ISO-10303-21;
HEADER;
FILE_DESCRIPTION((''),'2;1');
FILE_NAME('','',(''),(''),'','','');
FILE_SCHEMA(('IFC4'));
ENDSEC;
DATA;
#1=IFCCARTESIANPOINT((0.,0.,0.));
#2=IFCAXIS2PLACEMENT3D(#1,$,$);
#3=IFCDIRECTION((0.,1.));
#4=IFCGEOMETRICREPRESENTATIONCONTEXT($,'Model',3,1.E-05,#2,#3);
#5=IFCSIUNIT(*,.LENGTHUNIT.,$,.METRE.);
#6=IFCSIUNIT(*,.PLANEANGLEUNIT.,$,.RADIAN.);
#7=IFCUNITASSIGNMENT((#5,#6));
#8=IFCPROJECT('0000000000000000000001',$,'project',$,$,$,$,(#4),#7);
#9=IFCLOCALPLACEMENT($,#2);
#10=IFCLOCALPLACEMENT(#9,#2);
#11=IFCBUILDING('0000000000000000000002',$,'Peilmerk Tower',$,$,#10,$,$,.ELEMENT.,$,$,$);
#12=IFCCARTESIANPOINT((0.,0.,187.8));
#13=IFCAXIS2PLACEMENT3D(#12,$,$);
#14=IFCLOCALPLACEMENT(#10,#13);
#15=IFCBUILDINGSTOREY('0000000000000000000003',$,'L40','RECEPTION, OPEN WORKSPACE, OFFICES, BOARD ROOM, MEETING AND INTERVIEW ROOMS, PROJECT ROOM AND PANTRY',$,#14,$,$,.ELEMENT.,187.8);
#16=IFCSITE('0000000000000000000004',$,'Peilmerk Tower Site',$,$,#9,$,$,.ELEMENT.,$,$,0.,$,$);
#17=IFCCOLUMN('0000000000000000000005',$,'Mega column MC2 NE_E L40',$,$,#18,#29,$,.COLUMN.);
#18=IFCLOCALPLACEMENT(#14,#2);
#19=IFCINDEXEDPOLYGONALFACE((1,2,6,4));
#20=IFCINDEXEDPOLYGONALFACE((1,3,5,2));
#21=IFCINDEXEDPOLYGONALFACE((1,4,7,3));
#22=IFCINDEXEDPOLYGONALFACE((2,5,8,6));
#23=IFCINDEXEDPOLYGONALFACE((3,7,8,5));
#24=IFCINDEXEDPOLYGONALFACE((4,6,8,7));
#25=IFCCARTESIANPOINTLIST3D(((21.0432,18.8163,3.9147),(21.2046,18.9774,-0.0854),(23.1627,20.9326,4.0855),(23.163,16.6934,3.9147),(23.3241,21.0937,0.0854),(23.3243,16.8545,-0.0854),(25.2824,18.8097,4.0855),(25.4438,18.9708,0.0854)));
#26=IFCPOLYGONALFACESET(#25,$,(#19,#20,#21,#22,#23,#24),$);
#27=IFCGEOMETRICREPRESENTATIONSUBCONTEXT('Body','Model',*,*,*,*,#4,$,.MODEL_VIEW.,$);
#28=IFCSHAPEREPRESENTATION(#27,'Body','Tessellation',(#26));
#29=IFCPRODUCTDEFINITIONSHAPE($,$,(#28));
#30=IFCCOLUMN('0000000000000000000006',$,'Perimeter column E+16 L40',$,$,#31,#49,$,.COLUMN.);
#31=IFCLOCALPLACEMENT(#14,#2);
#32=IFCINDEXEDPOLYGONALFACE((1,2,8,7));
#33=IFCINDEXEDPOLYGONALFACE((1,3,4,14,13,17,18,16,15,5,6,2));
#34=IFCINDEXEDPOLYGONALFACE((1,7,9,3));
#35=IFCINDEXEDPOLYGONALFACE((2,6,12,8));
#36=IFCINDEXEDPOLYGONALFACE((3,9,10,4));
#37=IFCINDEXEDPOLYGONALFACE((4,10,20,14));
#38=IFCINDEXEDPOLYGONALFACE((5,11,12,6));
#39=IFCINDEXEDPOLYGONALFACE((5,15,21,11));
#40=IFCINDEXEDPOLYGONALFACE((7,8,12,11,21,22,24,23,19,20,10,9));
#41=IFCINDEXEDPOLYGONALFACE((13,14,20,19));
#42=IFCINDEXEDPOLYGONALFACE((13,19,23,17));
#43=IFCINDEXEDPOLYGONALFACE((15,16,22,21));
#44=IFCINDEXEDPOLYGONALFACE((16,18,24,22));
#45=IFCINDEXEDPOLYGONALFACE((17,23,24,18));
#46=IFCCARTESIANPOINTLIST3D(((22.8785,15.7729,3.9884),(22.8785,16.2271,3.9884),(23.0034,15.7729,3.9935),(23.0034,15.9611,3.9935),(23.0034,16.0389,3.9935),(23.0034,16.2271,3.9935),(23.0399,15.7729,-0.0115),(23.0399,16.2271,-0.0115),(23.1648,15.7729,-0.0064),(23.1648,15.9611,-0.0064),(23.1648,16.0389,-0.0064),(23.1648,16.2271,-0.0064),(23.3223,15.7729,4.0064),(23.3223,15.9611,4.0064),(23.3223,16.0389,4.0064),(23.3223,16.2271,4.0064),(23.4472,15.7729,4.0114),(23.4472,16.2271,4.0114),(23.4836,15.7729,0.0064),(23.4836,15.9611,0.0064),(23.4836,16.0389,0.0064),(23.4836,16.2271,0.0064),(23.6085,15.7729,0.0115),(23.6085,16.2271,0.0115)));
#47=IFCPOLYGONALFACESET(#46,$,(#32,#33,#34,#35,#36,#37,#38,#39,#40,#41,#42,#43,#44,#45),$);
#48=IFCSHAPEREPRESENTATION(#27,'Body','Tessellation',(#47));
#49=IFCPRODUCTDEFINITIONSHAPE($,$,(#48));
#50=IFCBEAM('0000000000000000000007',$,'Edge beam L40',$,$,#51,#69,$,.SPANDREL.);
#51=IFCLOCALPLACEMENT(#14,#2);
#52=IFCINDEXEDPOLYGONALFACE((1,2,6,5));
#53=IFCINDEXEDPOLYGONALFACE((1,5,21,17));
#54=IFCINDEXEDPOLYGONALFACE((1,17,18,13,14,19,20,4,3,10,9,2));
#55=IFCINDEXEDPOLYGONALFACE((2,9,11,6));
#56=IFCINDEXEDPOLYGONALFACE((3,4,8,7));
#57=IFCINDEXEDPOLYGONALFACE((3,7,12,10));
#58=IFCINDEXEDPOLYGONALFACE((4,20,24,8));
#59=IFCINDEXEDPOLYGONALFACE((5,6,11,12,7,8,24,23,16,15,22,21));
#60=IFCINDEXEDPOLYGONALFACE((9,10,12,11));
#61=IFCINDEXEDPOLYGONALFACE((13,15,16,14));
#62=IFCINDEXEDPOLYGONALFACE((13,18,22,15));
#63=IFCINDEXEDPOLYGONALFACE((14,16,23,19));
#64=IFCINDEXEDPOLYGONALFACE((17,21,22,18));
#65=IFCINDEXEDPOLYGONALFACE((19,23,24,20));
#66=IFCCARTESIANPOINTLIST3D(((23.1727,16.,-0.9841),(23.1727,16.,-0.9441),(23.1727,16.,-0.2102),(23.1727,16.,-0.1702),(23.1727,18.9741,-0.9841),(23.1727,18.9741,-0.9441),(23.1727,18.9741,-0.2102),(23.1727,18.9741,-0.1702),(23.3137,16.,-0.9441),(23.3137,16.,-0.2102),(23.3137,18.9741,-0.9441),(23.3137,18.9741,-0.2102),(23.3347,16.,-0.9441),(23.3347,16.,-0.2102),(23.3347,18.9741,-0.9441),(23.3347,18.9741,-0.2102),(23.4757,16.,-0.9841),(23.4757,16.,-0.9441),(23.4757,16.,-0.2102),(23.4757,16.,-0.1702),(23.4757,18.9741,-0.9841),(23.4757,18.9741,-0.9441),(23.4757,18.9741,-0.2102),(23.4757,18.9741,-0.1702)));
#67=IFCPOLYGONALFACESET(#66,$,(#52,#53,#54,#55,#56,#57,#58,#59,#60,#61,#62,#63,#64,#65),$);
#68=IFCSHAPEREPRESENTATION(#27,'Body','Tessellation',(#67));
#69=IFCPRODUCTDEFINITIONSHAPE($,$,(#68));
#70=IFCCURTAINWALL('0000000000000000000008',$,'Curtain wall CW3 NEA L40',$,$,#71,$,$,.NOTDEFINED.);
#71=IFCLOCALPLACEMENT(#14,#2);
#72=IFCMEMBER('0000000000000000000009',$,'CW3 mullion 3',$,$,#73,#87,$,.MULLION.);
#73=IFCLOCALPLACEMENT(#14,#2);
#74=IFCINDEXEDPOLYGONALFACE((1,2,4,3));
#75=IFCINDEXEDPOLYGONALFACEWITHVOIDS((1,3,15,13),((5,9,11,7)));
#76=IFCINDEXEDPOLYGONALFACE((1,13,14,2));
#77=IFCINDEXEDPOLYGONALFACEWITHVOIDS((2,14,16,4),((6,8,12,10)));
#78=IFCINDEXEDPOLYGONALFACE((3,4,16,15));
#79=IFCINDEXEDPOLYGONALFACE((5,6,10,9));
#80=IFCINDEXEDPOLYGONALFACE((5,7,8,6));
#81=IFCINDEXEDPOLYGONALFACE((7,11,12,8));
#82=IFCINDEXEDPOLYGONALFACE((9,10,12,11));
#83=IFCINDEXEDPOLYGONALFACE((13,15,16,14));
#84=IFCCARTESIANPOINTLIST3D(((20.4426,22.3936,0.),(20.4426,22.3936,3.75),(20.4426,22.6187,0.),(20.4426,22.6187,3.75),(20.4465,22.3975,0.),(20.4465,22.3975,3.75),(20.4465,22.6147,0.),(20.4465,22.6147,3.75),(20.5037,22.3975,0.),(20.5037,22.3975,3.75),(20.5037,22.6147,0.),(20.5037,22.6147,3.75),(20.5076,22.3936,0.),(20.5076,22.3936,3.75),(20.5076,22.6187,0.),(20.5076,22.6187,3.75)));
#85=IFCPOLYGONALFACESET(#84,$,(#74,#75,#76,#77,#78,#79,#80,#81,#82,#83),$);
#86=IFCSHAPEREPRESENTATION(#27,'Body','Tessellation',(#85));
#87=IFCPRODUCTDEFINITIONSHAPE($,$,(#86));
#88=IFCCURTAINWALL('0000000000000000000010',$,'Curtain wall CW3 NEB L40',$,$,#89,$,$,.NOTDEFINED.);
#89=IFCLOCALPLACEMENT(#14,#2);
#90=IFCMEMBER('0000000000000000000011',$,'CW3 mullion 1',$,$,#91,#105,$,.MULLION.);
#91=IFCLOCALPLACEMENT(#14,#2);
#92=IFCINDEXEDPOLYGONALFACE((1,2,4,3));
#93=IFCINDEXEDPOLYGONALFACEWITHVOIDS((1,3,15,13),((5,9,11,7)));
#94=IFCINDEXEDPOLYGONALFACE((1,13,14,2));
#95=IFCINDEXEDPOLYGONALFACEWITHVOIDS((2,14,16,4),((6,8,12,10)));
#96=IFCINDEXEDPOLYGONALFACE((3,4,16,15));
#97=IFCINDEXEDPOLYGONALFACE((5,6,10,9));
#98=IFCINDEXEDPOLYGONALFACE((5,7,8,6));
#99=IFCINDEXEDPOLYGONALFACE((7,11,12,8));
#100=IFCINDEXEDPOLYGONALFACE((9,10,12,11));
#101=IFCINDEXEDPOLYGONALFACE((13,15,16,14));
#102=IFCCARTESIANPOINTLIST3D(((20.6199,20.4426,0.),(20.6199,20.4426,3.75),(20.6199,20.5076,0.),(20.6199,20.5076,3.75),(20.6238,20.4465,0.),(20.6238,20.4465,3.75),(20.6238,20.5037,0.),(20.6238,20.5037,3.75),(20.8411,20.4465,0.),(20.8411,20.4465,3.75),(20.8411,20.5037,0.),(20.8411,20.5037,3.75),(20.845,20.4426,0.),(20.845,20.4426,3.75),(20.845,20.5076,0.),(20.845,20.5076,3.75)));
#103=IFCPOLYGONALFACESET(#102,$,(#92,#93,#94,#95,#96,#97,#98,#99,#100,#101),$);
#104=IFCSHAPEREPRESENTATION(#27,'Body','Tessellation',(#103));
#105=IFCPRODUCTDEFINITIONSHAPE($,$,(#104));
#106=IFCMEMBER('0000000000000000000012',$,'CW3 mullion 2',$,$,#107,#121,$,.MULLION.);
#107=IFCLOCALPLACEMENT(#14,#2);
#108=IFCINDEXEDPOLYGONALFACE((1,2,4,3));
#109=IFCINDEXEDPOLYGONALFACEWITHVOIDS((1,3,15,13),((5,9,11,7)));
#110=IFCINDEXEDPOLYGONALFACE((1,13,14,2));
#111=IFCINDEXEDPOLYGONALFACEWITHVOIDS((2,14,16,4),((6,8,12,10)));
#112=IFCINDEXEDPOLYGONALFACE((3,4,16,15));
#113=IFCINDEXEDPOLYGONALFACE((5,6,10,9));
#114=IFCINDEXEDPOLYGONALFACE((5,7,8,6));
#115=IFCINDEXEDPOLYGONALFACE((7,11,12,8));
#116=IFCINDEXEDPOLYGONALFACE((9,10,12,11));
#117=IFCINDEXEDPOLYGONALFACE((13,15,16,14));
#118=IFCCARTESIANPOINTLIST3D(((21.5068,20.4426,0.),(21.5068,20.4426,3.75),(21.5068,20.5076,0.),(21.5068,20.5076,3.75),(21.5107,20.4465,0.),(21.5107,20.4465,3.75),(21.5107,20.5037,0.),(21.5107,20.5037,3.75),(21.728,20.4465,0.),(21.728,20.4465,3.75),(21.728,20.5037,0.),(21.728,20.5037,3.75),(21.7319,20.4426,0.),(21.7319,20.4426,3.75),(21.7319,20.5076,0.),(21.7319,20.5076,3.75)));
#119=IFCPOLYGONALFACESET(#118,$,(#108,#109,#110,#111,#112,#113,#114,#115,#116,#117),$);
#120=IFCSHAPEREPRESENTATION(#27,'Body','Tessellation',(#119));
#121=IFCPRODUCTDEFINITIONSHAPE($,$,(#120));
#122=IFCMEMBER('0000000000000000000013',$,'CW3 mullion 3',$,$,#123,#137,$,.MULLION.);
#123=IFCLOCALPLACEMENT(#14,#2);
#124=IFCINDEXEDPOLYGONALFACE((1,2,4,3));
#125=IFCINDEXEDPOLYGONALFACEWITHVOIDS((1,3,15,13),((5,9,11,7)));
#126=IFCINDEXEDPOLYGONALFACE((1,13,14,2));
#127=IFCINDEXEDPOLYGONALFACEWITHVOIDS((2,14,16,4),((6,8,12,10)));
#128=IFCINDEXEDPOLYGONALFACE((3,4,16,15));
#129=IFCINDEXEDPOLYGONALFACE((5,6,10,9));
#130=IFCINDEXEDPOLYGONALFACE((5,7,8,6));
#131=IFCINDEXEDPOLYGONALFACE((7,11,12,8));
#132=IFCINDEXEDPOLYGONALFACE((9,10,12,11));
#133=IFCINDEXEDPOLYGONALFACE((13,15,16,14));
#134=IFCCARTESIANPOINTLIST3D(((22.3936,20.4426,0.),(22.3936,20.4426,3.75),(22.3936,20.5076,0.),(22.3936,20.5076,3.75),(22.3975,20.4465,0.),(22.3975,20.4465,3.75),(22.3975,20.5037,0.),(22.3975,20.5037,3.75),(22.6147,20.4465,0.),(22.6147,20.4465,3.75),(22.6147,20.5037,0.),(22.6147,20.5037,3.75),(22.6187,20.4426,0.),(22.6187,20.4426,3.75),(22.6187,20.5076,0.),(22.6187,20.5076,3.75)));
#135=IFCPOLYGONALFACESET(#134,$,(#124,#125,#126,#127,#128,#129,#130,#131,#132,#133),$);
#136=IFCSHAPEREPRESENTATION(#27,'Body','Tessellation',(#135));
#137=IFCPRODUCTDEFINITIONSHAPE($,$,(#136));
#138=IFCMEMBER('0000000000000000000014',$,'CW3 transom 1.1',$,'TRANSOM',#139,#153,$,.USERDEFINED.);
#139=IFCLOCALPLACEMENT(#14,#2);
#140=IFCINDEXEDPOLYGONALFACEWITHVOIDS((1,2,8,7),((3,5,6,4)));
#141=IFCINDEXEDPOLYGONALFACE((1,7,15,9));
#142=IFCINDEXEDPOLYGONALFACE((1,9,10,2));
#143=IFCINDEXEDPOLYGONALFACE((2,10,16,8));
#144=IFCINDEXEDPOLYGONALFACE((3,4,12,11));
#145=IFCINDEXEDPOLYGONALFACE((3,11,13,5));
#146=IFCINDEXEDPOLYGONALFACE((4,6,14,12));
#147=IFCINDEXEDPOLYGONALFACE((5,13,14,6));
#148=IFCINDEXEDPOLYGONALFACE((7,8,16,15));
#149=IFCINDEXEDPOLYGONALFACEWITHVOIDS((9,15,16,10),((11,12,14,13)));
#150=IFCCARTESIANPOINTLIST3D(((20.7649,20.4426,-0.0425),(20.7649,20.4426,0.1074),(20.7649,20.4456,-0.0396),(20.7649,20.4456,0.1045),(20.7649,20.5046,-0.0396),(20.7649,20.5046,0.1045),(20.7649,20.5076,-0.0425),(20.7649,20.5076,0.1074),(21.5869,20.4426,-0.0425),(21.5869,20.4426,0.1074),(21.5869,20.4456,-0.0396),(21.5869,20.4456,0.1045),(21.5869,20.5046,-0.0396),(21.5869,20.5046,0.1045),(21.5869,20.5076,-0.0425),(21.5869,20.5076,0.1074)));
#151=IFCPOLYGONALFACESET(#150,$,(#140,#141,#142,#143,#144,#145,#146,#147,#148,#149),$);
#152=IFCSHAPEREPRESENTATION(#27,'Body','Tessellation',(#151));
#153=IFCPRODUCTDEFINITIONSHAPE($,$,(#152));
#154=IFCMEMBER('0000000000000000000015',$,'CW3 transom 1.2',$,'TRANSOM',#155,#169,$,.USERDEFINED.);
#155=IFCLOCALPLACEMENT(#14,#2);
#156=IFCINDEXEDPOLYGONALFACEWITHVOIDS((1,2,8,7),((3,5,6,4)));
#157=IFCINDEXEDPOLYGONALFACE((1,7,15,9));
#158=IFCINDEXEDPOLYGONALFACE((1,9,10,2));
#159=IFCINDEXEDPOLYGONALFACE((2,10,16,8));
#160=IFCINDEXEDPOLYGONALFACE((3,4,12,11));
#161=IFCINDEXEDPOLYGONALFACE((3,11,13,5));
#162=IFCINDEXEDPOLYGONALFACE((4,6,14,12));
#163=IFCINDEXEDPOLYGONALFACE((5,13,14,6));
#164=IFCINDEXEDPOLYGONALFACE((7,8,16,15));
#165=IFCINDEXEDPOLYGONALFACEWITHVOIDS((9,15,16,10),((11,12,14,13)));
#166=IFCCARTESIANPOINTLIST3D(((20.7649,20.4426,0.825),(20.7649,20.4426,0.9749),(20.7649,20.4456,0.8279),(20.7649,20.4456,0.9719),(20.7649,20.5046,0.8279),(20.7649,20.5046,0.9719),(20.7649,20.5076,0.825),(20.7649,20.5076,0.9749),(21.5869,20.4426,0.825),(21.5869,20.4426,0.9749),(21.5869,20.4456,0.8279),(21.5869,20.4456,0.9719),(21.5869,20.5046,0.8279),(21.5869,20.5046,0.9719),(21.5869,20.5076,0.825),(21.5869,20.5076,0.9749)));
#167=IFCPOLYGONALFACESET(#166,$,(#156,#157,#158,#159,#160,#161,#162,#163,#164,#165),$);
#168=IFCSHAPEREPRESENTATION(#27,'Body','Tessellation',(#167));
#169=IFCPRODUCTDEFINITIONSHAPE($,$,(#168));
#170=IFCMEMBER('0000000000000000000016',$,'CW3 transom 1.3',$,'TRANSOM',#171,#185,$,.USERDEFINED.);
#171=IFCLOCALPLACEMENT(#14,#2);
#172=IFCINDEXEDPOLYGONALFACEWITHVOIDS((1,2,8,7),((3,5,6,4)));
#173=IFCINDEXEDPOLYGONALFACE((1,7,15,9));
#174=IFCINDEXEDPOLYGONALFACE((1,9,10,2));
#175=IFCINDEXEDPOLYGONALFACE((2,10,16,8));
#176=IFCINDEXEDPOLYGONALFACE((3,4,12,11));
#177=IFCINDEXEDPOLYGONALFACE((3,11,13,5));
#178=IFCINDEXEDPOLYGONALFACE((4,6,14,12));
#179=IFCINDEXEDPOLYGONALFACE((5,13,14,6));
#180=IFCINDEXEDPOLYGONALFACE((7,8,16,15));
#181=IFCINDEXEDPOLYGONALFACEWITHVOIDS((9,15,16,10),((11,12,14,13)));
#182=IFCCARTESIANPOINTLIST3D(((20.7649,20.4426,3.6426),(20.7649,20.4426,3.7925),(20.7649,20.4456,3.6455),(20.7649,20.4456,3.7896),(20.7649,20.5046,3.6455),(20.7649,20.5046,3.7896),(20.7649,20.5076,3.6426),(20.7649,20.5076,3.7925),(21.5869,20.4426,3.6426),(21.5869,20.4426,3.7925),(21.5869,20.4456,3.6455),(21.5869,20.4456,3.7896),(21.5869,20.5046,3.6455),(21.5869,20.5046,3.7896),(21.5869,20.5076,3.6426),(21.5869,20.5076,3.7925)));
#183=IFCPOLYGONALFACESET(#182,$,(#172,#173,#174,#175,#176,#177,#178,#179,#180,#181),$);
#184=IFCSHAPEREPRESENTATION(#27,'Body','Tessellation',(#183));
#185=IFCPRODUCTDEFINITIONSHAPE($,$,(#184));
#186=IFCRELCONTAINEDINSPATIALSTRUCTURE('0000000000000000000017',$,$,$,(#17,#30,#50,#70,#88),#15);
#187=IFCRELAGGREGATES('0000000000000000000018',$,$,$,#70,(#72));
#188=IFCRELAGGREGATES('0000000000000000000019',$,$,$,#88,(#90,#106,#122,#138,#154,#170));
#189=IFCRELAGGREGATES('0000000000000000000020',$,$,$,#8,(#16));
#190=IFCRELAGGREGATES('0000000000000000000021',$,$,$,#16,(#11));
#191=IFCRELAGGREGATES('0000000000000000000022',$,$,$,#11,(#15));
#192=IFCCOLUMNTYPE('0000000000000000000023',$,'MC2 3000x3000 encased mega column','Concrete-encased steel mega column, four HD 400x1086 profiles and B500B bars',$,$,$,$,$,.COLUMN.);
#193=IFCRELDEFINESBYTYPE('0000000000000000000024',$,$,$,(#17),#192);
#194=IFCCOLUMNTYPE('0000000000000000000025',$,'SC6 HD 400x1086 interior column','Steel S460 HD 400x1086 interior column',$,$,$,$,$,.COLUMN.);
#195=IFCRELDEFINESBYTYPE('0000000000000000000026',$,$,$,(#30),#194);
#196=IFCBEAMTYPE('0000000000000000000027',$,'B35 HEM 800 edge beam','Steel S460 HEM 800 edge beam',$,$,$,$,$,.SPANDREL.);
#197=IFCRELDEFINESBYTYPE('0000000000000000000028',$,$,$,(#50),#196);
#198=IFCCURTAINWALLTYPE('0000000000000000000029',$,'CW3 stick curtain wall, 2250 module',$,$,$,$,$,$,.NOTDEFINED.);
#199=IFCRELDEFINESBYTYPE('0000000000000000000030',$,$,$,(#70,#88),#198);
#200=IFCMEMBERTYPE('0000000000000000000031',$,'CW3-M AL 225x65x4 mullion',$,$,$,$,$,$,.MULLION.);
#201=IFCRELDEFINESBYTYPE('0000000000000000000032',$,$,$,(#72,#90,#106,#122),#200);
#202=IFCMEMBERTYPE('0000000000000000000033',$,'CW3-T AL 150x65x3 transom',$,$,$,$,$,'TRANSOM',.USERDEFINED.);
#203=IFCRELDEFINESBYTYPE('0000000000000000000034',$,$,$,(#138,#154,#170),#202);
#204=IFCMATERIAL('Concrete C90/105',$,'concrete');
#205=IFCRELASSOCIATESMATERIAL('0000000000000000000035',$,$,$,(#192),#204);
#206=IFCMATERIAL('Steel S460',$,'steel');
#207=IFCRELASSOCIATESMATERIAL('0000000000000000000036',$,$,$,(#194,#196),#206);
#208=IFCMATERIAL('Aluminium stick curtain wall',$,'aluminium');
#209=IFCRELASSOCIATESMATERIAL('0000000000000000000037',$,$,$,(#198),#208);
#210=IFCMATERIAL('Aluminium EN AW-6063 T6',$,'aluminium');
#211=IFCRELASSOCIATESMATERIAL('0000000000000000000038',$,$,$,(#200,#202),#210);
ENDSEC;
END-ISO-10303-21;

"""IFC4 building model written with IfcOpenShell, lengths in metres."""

from ifc_helpers import new_model, si_unit, direction, frame, origin, origin_2d, place, context, subcontext, project, spatial, rectangle, hollow_rectangle, i_section, extrude, material, material_profile, profile_set, type_object, element, aggregate, save


model = new_model("IFC4")

# Units and contexts
model_context = context("Model", 3, precision=1e-05, world=origin(), true_north=direction((0.0, 1.0)))
body_context = subcontext(model_context, "Body", "Model", "MODEL_VIEW")
ifc_project = project(units=[si_unit("LENGTHUNIT", "METRE"), si_unit("PLANEANGLEUNIT", "RADIAN")], contexts=[model_context])

# Site, building, storey
site_placement = place(None, origin())
site = spatial("IfcSite", under=ifc_project, at=site_placement, Name="Peilmerk Tower Site", CompositionType="ELEMENT", RefElevation=0.0)
building_placement = place(site_placement, origin())
building = spatial("IfcBuilding", under=site, at=building_placement, Name="Peilmerk Tower", CompositionType="ELEMENT")
storey_placement = place(building_placement, frame((0.0, 0.0, 187.8)))
storey = spatial("IfcBuildingStorey", under=building, at=storey_placement, Name="L40", Description="RECEPTION, OPEN WORKSPACE, OFFICES, BOARD ROOM, MEETING AND INTERVIEW ROOMS, PROJECT ROOM AND PANTRY", CompositionType="ELEMENT", Elevation=187.8)

# Columns
ifc_material_1 = material(Name="Concrete C90/105", Category="concrete")
ifc_material_profile_1 = material_profile(ifc_material_1, rectangle(XDim=3.0, YDim=3.0, at=origin_2d()), Name="RC 3000x3000")
ifc_profile_set_1 = profile_set([ifc_material_profile_1], Name="Concrete C90/105")
column_type_1 = type_object("IfcColumnType", Name="MC2 3000x3000 encased mega column", Description="Concrete-encased steel mega column, four HD 400x1086 profiles and B500B bars", PredefinedType="COLUMN", material=ifc_profile_set_1)
column_1_placement = place(storey_placement, frame((23.3242, 18.9741, 0.0), z_axis=(-0.040279, -0.040218, 0.998379), x_axis=(0.706571, -0.707642, 0.0)))
element("IfcColumn", 1, at=column_1_placement, inside=storey, type_object=column_type_1, Name="Mega column MC2 NE_E L40", PredefinedType="COLUMN", context=body_context, shape_type="SweptSolid", body=[
    extrude(rectangle(XDim=3.0, YDim=3.0, at=origin_2d()), origin(), (0.0, 0.0, 1.0), 4.0066),
])
ifc_material_2 = material(Name="Steel S460", Category="steel")
ifc_material_profile_2 = material_profile(ifc_material_2, i_section(OverallWidth=0.4541, OverallDepth=0.5691, WebThickness=0.0779, FlangeThickness=0.125, at=origin_2d()), Name="HD 400x1086")
ifc_profile_set_2 = profile_set([ifc_material_profile_2], Name="Steel S460")
column_type_2 = type_object("IfcColumnType", Name="SC6 HD 400x1086 interior column", Description="Steel S460 HD 400x1086 interior column", PredefinedType="COLUMN", material=ifc_profile_set_2)
column_2_placement = place(storey_placement, frame((23.3242, 16.0, 0.0), z_axis=(-0.040311, 0.0, 0.999187), x_axis=(0.0, -1.0, 0.0)))
element("IfcColumn", 2, at=column_2_placement, inside=storey, type_object=column_type_2, Name="Perimeter column E+16 L40", PredefinedType="COLUMN", context=body_context, shape_type="SweptSolid", body=[
    extrude(i_section(OverallWidth=0.4541, OverallDepth=0.5691, WebThickness=0.0779, FlangeThickness=0.125, at=origin_2d()), origin(), (0.0, 0.0, 1.0), 4.0032),
])

# Beam
ifc_material_profile_3 = material_profile(ifc_material_2, i_section(OverallWidth=0.303, OverallDepth=0.814, WebThickness=0.021, FlangeThickness=0.04, at=origin_2d()), Name="HEM 800")
ifc_profile_set_3 = profile_set([ifc_material_profile_3], Name="Steel S460")
beam_type = type_object("IfcBeamType", Name="B35 HEM 800 edge beam", Description="Steel S460 HEM 800 edge beam", PredefinedType="SPANDREL", material=ifc_profile_set_3)
beam_placement = place(storey_placement, frame((23.3242, 16.0, -0.5771), z_axis=(0.0, 1.0, 0.0), x_axis=(-1.0, 0.0, 0.0)))
element("IfcBeam", 3, at=beam_placement, inside=storey, type_object=beam_type, Name="Edge beam L40", PredefinedType="SPANDREL", context=body_context, shape_type="SweptSolid", body=[
    extrude(i_section(OverallWidth=0.303, OverallDepth=0.814, WebThickness=0.021, FlangeThickness=0.04, at=origin_2d()), origin(), (0.0, 0.0, 1.0), 2.9741),
])

# Curtain wall, member
ifc_material_3 = material(Name="Aluminium stick curtain wall", Category="aluminium")
curtain_wall_type = type_object("IfcCurtainWallType", Name="CW3 stick curtain wall, 2250 module", PredefinedType="NOTDEFINED", material=ifc_material_3)
curtain_wall_1_placement = place(storey_placement, origin())
curtain_wall_1 = element("IfcCurtainWall", 4, at=curtain_wall_1_placement, inside=storey, type_object=curtain_wall_type, Name="Curtain wall CW3 NEA L40", PredefinedType="NOTDEFINED")
ifc_material_4 = material(Name="Aluminium EN AW-6063 T6", Category="aluminium")
ifc_material_profile_4 = material_profile(ifc_material_4, hollow_rectangle(XDim=0.0649, YDim=0.2251, WallThickness=0.0039, at=origin_2d()), Name="AL 225x65x4")
ifc_profile_set_4 = profile_set([ifc_material_profile_4], Name="Aluminium EN AW-6063 T6")
member_type_1 = type_object("IfcMemberType", Name="CW3-M AL 225x65x4 mullion", PredefinedType="MULLION", material=ifc_profile_set_4)
member_1_placement = place(storey_placement, frame((20.4751, 22.5061, 0.0), z_axis=(0.0, 0.0, 1.0), x_axis=(-1.0, 0.0, 0.0)))
member_1 = element("IfcMember", 5, at=member_1_placement, type_object=member_type_1, Name="CW3 mullion 3", PredefinedType="MULLION", context=body_context, shape_type="SweptSolid", body=[
    extrude(hollow_rectangle(XDim=0.0649, YDim=0.2251, WallThickness=0.0039, at=origin_2d()), origin(), (0.0, 0.0, 1.0), 3.75),
])

# Curtain wall, members
curtain_wall_2_placement = place(storey_placement, origin())
curtain_wall_2 = element("IfcCurtainWall", 6, at=curtain_wall_2_placement, inside=storey, type_object=curtain_wall_type, Name="Curtain wall CW3 NEB L40", PredefinedType="NOTDEFINED")
member_2_placement = place(storey_placement, frame((20.7324, 20.4751, 0.0), z_axis=(0.0, 0.0, 1.0), x_axis=(0.0, 1.0, 0.0)))
member_2 = element("IfcMember", 7, at=member_2_placement, type_object=member_type_1, Name="CW3 mullion 1", PredefinedType="MULLION", context=body_context, shape_type="SweptSolid", body=[
    extrude(hollow_rectangle(XDim=0.0649, YDim=0.2251, WallThickness=0.0039, at=origin_2d()), origin(), (0.0, 0.0, 1.0), 3.75),
])
member_3_placement = place(storey_placement, frame((21.6194, 20.4751, 0.0), z_axis=(0.0, 0.0, 1.0), x_axis=(0.0, 1.0, 0.0)))
member_3 = element("IfcMember", 8, at=member_3_placement, type_object=member_type_1, Name="CW3 mullion 2", PredefinedType="MULLION", context=body_context, shape_type="SweptSolid", body=[
    extrude(hollow_rectangle(XDim=0.0649, YDim=0.2251, WallThickness=0.0039, at=origin_2d()), origin(), (0.0, 0.0, 1.0), 3.75),
])
member_4_placement = place(storey_placement, frame((22.5061, 20.4751, 0.0), z_axis=(0.0, 0.0, 1.0), x_axis=(0.0, 1.0, 0.0)))
member_4 = element("IfcMember", 9, at=member_4_placement, type_object=member_type_1, Name="CW3 mullion 3", PredefinedType="MULLION", context=body_context, shape_type="SweptSolid", body=[
    extrude(hollow_rectangle(XDim=0.0649, YDim=0.2251, WallThickness=0.0039, at=origin_2d()), origin(), (0.0, 0.0, 1.0), 3.75),
])
ifc_material_profile_5 = material_profile(ifc_material_4, hollow_rectangle(XDim=0.0649, YDim=0.1499, WallThickness=0.0029, at=origin_2d()), Name="AL 150x65x3")
ifc_profile_set_5 = profile_set([ifc_material_profile_5], Name="Aluminium EN AW-6063 T6")
member_type_2 = type_object("IfcMemberType", Name="CW3-T AL 150x65x3 transom", ElementType="TRANSOM", PredefinedType="USERDEFINED", material=ifc_profile_set_5)
member_5_placement = place(storey_placement, frame((20.7649, 20.4751, 0.0325), z_axis=(1.0, 0.0, 0.0), x_axis=(0.0, 1.0, 0.0)))
member_5 = element("IfcMember", 10, at=member_5_placement, type_object=member_type_2, Name="CW3 transom 1.1", ObjectType="TRANSOM", PredefinedType="USERDEFINED", context=body_context, shape_type="SweptSolid", body=[
    extrude(hollow_rectangle(XDim=0.0649, YDim=0.1499, WallThickness=0.0029, at=origin_2d()), origin(), (0.0, 0.0, 1.0), 0.822),
])
member_6_placement = place(storey_placement, frame((20.7649, 20.4751, 0.8999), z_axis=(1.0, 0.0, 0.0), x_axis=(0.0, 1.0, 0.0)))
member_6 = element("IfcMember", 11, at=member_6_placement, type_object=member_type_2, Name="CW3 transom 1.2", ObjectType="TRANSOM", PredefinedType="USERDEFINED", context=body_context, shape_type="SweptSolid", body=[
    extrude(hollow_rectangle(XDim=0.0649, YDim=0.1499, WallThickness=0.0029, at=origin_2d()), origin(), (0.0, 0.0, 1.0), 0.822),
])
member_7_placement = place(storey_placement, frame((20.7649, 20.4751, 3.7175), z_axis=(1.0, 0.0, 0.0), x_axis=(0.0, 1.0, 0.0)))
member_7 = element("IfcMember", 12, at=member_7_placement, type_object=member_type_2, Name="CW3 transom 1.3", ObjectType="TRANSOM", PredefinedType="USERDEFINED", context=body_context, shape_type="SweptSolid", body=[
    extrude(hollow_rectangle(XDim=0.0649, YDim=0.1499, WallThickness=0.0029, at=origin_2d()), origin(), (0.0, 0.0, 1.0), 0.822),
])

aggregate(curtain_wall_1, [member_1])
aggregate(curtain_wall_2, [member_2, member_3, member_4, member_5, member_6, member_7])

save(model, "model.ifc")
